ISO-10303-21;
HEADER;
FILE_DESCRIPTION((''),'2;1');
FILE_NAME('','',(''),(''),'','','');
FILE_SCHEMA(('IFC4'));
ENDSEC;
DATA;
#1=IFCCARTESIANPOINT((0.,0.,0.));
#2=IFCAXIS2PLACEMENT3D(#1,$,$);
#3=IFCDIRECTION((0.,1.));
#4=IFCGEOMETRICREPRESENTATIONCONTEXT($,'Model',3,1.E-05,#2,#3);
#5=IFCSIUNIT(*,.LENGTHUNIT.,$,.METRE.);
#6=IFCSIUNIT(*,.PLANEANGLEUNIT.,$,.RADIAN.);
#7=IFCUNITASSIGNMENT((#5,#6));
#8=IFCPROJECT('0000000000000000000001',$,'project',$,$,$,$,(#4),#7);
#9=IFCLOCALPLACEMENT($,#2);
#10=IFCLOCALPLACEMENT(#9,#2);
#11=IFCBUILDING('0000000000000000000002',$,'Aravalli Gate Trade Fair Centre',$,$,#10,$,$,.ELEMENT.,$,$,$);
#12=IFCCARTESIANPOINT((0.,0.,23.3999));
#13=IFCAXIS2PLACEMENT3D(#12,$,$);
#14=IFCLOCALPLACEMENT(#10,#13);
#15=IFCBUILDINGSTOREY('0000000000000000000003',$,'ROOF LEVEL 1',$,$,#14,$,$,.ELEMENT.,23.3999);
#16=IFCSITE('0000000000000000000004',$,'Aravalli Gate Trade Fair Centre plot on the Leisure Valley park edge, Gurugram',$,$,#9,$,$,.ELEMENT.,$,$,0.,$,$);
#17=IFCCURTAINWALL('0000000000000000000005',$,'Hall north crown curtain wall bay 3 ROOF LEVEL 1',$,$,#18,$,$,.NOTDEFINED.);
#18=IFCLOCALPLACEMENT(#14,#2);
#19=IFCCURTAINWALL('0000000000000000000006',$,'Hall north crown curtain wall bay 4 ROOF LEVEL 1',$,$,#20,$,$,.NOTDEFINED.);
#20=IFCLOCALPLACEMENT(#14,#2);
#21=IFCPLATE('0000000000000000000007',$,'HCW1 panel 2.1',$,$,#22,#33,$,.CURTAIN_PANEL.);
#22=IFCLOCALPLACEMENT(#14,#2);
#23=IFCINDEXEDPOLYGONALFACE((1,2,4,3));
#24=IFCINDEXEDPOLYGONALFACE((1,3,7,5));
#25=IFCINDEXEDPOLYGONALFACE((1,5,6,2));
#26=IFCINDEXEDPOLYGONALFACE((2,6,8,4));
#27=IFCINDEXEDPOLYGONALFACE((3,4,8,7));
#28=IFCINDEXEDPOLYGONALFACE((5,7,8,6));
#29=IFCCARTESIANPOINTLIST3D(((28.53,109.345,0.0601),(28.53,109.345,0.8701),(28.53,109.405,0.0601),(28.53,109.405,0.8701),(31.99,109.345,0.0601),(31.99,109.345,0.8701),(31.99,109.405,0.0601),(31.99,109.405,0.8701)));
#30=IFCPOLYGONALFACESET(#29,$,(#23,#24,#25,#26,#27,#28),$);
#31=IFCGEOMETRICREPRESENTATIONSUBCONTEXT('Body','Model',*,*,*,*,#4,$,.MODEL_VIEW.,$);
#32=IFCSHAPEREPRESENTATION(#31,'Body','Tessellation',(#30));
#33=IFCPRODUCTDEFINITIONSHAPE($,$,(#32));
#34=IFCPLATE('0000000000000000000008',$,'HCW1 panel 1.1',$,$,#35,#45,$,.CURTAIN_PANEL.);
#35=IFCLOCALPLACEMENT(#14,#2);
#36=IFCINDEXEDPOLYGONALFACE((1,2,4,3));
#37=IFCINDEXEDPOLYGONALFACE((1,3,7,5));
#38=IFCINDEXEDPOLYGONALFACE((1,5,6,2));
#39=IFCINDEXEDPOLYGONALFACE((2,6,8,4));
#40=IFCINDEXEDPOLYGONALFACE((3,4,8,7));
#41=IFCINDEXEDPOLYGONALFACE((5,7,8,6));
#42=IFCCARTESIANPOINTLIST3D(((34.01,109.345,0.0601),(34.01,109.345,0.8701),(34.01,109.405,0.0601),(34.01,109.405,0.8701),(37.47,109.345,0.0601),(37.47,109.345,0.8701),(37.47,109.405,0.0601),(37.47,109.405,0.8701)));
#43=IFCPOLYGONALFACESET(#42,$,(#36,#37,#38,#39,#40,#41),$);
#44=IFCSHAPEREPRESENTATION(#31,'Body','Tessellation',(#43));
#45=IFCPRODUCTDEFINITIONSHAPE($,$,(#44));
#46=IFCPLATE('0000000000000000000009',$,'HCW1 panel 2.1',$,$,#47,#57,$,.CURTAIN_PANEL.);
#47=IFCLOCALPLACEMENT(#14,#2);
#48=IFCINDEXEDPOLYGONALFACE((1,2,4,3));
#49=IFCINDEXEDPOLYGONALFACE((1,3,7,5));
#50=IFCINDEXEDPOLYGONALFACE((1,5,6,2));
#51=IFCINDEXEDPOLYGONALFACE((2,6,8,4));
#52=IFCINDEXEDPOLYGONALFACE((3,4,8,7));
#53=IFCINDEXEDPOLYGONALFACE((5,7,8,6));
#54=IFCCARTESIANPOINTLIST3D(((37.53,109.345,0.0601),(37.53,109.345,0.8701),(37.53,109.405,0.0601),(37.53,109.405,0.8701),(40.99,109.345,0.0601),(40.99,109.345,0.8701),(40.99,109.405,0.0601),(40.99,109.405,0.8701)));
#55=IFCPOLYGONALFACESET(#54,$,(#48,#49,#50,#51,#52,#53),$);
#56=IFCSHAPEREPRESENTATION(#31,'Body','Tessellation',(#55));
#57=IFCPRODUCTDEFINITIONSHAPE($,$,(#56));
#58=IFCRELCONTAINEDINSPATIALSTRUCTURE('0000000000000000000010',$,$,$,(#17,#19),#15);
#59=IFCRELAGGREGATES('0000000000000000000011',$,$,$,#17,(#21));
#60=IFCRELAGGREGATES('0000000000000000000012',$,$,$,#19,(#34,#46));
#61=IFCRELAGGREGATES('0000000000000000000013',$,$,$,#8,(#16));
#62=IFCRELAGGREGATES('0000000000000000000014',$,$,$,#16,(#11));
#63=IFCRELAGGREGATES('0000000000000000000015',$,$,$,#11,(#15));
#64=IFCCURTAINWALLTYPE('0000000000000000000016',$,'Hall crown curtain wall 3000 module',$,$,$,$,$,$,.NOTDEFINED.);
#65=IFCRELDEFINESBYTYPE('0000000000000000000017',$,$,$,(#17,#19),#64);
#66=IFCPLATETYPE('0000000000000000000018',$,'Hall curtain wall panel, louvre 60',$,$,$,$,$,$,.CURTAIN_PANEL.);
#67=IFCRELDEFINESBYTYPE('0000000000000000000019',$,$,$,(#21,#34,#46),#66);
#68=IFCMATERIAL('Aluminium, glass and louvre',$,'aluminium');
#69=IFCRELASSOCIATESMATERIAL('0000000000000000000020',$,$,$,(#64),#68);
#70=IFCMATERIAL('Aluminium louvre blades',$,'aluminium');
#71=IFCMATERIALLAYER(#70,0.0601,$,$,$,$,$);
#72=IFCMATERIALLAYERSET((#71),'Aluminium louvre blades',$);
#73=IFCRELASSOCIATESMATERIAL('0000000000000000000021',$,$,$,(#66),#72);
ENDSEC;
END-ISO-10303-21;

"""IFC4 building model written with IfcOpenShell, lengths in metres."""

from ifc_helpers import new_model, si_unit, direction, frame, origin, origin_2d, place, context, subcontext, project, spatial, rectangle, extrude, material, layer, layer_set, type_object, element, aggregate, save


model = new_model("IFC4")

# Units and contexts
model_context = context("Model", 3, precision=1e-05, world=origin(), true_north=direction((0.0, 1.0)))
body_context = subcontext(model_context, "Body", "Model", "MODEL_VIEW")
ifc_project = project(units=[si_unit("LENGTHUNIT", "METRE"), si_unit("PLANEANGLEUNIT", "RADIAN")], contexts=[model_context])

# Site, building, storey
site_placement = place(None, origin())
site = spatial("IfcSite", under=ifc_project, at=site_placement, Name="Aravalli Gate Trade Fair Centre plot on the Leisure Valley park edge, Gurugram", CompositionType="ELEMENT", RefElevation=0.0)
building_placement = place(site_placement, origin())
building = spatial("IfcBuilding", under=site, at=building_placement, Name="Aravalli Gate Trade Fair Centre", CompositionType="ELEMENT")
storey_placement = place(building_placement, frame((0.0, 0.0, 23.3999)))
storey = spatial("IfcBuildingStorey", under=building, at=storey_placement, Name="ROOF LEVEL 1", CompositionType="ELEMENT", Elevation=23.3999)

# Shared definitions
ifc_material_1 = material(Name="Aluminium, glass and louvre", Category="aluminium")
curtain_wall_type = type_object("IfcCurtainWallType", Name="Hall crown curtain wall 3000 module", PredefinedType="NOTDEFINED", material=ifc_material_1)

# Curtain walls
curtain_wall_1_placement = place(storey_placement, origin())
curtain_wall_1 = element("IfcCurtainWall", 1, at=curtain_wall_1_placement, inside=storey, type_object=curtain_wall_type, Name="Hall north crown curtain wall bay 3 ROOF LEVEL 1", PredefinedType="NOTDEFINED")
curtain_wall_2_placement = place(storey_placement, origin())
curtain_wall_2 = element("IfcCurtainWall", 2, at=curtain_wall_2_placement, inside=storey, type_object=curtain_wall_type, Name="Hall north crown curtain wall bay 4 ROOF LEVEL 1", PredefinedType="NOTDEFINED")

# Plates
ifc_material_2 = material(Name="Aluminium louvre blades", Category="aluminium")
ifc_layer_1 = layer(ifc_material_2, 0.0601)
ifc_layer_set_1 = layer_set([ifc_layer_1], Name="Aluminium louvre blades")
plate_type_1 = type_object("IfcPlateType", Name="Hall curtain wall panel, louvre 60", PredefinedType="CURTAIN_PANEL", material=ifc_layer_set_1)
plate_1_placement = place(storey_placement, frame((30.26, 109.375, 0.0601), z_axis=(0.0, 0.0, 1.0), x_axis=(1.0, 0.0, 0.0)))
plate_1 = element("IfcPlate", 3, at=plate_1_placement, type_object=plate_type_1, Name="HCW1 panel 2.1", PredefinedType="CURTAIN_PANEL", context=body_context, shape_type="SweptSolid", body=[
    extrude(rectangle(XDim=3.46, YDim=0.0601, at=origin_2d()), origin(), (0.0, 0.0, 1.0), 0.8101),
])
aggregate(curtain_wall_1, [plate_1])
plate_2_placement = place(storey_placement, frame((35.74, 109.375, 0.0601), z_axis=(0.0, 0.0, 1.0), x_axis=(1.0, 0.0, 0.0)))
plate_2 = element("IfcPlate", 4, at=plate_2_placement, type_object=plate_type_1, Name="HCW1 panel 1.1", PredefinedType="CURTAIN_PANEL", context=body_context, shape_type="SweptSolid", body=[
    extrude(rectangle(XDim=3.46, YDim=0.0601, at=origin_2d()), origin(), (0.0, 0.0, 1.0), 0.8101),
])
plate_3_placement = place(storey_placement, frame((39.26, 109.375, 0.0601), z_axis=(0.0, 0.0, 1.0), x_axis=(1.0, 0.0, 0.0)))
plate_3 = element("IfcPlate", 5, at=plate_3_placement, type_object=plate_type_1, Name="HCW1 panel 2.1", PredefinedType="CURTAIN_PANEL", context=body_context, shape_type="SweptSolid", body=[
    extrude(rectangle(XDim=3.46, YDim=0.0601, at=origin_2d()), origin(), (0.0, 0.0, 1.0), 0.8101),
])
aggregate(curtain_wall_2, [plate_2, plate_3])

save(model, "model.ifc")
